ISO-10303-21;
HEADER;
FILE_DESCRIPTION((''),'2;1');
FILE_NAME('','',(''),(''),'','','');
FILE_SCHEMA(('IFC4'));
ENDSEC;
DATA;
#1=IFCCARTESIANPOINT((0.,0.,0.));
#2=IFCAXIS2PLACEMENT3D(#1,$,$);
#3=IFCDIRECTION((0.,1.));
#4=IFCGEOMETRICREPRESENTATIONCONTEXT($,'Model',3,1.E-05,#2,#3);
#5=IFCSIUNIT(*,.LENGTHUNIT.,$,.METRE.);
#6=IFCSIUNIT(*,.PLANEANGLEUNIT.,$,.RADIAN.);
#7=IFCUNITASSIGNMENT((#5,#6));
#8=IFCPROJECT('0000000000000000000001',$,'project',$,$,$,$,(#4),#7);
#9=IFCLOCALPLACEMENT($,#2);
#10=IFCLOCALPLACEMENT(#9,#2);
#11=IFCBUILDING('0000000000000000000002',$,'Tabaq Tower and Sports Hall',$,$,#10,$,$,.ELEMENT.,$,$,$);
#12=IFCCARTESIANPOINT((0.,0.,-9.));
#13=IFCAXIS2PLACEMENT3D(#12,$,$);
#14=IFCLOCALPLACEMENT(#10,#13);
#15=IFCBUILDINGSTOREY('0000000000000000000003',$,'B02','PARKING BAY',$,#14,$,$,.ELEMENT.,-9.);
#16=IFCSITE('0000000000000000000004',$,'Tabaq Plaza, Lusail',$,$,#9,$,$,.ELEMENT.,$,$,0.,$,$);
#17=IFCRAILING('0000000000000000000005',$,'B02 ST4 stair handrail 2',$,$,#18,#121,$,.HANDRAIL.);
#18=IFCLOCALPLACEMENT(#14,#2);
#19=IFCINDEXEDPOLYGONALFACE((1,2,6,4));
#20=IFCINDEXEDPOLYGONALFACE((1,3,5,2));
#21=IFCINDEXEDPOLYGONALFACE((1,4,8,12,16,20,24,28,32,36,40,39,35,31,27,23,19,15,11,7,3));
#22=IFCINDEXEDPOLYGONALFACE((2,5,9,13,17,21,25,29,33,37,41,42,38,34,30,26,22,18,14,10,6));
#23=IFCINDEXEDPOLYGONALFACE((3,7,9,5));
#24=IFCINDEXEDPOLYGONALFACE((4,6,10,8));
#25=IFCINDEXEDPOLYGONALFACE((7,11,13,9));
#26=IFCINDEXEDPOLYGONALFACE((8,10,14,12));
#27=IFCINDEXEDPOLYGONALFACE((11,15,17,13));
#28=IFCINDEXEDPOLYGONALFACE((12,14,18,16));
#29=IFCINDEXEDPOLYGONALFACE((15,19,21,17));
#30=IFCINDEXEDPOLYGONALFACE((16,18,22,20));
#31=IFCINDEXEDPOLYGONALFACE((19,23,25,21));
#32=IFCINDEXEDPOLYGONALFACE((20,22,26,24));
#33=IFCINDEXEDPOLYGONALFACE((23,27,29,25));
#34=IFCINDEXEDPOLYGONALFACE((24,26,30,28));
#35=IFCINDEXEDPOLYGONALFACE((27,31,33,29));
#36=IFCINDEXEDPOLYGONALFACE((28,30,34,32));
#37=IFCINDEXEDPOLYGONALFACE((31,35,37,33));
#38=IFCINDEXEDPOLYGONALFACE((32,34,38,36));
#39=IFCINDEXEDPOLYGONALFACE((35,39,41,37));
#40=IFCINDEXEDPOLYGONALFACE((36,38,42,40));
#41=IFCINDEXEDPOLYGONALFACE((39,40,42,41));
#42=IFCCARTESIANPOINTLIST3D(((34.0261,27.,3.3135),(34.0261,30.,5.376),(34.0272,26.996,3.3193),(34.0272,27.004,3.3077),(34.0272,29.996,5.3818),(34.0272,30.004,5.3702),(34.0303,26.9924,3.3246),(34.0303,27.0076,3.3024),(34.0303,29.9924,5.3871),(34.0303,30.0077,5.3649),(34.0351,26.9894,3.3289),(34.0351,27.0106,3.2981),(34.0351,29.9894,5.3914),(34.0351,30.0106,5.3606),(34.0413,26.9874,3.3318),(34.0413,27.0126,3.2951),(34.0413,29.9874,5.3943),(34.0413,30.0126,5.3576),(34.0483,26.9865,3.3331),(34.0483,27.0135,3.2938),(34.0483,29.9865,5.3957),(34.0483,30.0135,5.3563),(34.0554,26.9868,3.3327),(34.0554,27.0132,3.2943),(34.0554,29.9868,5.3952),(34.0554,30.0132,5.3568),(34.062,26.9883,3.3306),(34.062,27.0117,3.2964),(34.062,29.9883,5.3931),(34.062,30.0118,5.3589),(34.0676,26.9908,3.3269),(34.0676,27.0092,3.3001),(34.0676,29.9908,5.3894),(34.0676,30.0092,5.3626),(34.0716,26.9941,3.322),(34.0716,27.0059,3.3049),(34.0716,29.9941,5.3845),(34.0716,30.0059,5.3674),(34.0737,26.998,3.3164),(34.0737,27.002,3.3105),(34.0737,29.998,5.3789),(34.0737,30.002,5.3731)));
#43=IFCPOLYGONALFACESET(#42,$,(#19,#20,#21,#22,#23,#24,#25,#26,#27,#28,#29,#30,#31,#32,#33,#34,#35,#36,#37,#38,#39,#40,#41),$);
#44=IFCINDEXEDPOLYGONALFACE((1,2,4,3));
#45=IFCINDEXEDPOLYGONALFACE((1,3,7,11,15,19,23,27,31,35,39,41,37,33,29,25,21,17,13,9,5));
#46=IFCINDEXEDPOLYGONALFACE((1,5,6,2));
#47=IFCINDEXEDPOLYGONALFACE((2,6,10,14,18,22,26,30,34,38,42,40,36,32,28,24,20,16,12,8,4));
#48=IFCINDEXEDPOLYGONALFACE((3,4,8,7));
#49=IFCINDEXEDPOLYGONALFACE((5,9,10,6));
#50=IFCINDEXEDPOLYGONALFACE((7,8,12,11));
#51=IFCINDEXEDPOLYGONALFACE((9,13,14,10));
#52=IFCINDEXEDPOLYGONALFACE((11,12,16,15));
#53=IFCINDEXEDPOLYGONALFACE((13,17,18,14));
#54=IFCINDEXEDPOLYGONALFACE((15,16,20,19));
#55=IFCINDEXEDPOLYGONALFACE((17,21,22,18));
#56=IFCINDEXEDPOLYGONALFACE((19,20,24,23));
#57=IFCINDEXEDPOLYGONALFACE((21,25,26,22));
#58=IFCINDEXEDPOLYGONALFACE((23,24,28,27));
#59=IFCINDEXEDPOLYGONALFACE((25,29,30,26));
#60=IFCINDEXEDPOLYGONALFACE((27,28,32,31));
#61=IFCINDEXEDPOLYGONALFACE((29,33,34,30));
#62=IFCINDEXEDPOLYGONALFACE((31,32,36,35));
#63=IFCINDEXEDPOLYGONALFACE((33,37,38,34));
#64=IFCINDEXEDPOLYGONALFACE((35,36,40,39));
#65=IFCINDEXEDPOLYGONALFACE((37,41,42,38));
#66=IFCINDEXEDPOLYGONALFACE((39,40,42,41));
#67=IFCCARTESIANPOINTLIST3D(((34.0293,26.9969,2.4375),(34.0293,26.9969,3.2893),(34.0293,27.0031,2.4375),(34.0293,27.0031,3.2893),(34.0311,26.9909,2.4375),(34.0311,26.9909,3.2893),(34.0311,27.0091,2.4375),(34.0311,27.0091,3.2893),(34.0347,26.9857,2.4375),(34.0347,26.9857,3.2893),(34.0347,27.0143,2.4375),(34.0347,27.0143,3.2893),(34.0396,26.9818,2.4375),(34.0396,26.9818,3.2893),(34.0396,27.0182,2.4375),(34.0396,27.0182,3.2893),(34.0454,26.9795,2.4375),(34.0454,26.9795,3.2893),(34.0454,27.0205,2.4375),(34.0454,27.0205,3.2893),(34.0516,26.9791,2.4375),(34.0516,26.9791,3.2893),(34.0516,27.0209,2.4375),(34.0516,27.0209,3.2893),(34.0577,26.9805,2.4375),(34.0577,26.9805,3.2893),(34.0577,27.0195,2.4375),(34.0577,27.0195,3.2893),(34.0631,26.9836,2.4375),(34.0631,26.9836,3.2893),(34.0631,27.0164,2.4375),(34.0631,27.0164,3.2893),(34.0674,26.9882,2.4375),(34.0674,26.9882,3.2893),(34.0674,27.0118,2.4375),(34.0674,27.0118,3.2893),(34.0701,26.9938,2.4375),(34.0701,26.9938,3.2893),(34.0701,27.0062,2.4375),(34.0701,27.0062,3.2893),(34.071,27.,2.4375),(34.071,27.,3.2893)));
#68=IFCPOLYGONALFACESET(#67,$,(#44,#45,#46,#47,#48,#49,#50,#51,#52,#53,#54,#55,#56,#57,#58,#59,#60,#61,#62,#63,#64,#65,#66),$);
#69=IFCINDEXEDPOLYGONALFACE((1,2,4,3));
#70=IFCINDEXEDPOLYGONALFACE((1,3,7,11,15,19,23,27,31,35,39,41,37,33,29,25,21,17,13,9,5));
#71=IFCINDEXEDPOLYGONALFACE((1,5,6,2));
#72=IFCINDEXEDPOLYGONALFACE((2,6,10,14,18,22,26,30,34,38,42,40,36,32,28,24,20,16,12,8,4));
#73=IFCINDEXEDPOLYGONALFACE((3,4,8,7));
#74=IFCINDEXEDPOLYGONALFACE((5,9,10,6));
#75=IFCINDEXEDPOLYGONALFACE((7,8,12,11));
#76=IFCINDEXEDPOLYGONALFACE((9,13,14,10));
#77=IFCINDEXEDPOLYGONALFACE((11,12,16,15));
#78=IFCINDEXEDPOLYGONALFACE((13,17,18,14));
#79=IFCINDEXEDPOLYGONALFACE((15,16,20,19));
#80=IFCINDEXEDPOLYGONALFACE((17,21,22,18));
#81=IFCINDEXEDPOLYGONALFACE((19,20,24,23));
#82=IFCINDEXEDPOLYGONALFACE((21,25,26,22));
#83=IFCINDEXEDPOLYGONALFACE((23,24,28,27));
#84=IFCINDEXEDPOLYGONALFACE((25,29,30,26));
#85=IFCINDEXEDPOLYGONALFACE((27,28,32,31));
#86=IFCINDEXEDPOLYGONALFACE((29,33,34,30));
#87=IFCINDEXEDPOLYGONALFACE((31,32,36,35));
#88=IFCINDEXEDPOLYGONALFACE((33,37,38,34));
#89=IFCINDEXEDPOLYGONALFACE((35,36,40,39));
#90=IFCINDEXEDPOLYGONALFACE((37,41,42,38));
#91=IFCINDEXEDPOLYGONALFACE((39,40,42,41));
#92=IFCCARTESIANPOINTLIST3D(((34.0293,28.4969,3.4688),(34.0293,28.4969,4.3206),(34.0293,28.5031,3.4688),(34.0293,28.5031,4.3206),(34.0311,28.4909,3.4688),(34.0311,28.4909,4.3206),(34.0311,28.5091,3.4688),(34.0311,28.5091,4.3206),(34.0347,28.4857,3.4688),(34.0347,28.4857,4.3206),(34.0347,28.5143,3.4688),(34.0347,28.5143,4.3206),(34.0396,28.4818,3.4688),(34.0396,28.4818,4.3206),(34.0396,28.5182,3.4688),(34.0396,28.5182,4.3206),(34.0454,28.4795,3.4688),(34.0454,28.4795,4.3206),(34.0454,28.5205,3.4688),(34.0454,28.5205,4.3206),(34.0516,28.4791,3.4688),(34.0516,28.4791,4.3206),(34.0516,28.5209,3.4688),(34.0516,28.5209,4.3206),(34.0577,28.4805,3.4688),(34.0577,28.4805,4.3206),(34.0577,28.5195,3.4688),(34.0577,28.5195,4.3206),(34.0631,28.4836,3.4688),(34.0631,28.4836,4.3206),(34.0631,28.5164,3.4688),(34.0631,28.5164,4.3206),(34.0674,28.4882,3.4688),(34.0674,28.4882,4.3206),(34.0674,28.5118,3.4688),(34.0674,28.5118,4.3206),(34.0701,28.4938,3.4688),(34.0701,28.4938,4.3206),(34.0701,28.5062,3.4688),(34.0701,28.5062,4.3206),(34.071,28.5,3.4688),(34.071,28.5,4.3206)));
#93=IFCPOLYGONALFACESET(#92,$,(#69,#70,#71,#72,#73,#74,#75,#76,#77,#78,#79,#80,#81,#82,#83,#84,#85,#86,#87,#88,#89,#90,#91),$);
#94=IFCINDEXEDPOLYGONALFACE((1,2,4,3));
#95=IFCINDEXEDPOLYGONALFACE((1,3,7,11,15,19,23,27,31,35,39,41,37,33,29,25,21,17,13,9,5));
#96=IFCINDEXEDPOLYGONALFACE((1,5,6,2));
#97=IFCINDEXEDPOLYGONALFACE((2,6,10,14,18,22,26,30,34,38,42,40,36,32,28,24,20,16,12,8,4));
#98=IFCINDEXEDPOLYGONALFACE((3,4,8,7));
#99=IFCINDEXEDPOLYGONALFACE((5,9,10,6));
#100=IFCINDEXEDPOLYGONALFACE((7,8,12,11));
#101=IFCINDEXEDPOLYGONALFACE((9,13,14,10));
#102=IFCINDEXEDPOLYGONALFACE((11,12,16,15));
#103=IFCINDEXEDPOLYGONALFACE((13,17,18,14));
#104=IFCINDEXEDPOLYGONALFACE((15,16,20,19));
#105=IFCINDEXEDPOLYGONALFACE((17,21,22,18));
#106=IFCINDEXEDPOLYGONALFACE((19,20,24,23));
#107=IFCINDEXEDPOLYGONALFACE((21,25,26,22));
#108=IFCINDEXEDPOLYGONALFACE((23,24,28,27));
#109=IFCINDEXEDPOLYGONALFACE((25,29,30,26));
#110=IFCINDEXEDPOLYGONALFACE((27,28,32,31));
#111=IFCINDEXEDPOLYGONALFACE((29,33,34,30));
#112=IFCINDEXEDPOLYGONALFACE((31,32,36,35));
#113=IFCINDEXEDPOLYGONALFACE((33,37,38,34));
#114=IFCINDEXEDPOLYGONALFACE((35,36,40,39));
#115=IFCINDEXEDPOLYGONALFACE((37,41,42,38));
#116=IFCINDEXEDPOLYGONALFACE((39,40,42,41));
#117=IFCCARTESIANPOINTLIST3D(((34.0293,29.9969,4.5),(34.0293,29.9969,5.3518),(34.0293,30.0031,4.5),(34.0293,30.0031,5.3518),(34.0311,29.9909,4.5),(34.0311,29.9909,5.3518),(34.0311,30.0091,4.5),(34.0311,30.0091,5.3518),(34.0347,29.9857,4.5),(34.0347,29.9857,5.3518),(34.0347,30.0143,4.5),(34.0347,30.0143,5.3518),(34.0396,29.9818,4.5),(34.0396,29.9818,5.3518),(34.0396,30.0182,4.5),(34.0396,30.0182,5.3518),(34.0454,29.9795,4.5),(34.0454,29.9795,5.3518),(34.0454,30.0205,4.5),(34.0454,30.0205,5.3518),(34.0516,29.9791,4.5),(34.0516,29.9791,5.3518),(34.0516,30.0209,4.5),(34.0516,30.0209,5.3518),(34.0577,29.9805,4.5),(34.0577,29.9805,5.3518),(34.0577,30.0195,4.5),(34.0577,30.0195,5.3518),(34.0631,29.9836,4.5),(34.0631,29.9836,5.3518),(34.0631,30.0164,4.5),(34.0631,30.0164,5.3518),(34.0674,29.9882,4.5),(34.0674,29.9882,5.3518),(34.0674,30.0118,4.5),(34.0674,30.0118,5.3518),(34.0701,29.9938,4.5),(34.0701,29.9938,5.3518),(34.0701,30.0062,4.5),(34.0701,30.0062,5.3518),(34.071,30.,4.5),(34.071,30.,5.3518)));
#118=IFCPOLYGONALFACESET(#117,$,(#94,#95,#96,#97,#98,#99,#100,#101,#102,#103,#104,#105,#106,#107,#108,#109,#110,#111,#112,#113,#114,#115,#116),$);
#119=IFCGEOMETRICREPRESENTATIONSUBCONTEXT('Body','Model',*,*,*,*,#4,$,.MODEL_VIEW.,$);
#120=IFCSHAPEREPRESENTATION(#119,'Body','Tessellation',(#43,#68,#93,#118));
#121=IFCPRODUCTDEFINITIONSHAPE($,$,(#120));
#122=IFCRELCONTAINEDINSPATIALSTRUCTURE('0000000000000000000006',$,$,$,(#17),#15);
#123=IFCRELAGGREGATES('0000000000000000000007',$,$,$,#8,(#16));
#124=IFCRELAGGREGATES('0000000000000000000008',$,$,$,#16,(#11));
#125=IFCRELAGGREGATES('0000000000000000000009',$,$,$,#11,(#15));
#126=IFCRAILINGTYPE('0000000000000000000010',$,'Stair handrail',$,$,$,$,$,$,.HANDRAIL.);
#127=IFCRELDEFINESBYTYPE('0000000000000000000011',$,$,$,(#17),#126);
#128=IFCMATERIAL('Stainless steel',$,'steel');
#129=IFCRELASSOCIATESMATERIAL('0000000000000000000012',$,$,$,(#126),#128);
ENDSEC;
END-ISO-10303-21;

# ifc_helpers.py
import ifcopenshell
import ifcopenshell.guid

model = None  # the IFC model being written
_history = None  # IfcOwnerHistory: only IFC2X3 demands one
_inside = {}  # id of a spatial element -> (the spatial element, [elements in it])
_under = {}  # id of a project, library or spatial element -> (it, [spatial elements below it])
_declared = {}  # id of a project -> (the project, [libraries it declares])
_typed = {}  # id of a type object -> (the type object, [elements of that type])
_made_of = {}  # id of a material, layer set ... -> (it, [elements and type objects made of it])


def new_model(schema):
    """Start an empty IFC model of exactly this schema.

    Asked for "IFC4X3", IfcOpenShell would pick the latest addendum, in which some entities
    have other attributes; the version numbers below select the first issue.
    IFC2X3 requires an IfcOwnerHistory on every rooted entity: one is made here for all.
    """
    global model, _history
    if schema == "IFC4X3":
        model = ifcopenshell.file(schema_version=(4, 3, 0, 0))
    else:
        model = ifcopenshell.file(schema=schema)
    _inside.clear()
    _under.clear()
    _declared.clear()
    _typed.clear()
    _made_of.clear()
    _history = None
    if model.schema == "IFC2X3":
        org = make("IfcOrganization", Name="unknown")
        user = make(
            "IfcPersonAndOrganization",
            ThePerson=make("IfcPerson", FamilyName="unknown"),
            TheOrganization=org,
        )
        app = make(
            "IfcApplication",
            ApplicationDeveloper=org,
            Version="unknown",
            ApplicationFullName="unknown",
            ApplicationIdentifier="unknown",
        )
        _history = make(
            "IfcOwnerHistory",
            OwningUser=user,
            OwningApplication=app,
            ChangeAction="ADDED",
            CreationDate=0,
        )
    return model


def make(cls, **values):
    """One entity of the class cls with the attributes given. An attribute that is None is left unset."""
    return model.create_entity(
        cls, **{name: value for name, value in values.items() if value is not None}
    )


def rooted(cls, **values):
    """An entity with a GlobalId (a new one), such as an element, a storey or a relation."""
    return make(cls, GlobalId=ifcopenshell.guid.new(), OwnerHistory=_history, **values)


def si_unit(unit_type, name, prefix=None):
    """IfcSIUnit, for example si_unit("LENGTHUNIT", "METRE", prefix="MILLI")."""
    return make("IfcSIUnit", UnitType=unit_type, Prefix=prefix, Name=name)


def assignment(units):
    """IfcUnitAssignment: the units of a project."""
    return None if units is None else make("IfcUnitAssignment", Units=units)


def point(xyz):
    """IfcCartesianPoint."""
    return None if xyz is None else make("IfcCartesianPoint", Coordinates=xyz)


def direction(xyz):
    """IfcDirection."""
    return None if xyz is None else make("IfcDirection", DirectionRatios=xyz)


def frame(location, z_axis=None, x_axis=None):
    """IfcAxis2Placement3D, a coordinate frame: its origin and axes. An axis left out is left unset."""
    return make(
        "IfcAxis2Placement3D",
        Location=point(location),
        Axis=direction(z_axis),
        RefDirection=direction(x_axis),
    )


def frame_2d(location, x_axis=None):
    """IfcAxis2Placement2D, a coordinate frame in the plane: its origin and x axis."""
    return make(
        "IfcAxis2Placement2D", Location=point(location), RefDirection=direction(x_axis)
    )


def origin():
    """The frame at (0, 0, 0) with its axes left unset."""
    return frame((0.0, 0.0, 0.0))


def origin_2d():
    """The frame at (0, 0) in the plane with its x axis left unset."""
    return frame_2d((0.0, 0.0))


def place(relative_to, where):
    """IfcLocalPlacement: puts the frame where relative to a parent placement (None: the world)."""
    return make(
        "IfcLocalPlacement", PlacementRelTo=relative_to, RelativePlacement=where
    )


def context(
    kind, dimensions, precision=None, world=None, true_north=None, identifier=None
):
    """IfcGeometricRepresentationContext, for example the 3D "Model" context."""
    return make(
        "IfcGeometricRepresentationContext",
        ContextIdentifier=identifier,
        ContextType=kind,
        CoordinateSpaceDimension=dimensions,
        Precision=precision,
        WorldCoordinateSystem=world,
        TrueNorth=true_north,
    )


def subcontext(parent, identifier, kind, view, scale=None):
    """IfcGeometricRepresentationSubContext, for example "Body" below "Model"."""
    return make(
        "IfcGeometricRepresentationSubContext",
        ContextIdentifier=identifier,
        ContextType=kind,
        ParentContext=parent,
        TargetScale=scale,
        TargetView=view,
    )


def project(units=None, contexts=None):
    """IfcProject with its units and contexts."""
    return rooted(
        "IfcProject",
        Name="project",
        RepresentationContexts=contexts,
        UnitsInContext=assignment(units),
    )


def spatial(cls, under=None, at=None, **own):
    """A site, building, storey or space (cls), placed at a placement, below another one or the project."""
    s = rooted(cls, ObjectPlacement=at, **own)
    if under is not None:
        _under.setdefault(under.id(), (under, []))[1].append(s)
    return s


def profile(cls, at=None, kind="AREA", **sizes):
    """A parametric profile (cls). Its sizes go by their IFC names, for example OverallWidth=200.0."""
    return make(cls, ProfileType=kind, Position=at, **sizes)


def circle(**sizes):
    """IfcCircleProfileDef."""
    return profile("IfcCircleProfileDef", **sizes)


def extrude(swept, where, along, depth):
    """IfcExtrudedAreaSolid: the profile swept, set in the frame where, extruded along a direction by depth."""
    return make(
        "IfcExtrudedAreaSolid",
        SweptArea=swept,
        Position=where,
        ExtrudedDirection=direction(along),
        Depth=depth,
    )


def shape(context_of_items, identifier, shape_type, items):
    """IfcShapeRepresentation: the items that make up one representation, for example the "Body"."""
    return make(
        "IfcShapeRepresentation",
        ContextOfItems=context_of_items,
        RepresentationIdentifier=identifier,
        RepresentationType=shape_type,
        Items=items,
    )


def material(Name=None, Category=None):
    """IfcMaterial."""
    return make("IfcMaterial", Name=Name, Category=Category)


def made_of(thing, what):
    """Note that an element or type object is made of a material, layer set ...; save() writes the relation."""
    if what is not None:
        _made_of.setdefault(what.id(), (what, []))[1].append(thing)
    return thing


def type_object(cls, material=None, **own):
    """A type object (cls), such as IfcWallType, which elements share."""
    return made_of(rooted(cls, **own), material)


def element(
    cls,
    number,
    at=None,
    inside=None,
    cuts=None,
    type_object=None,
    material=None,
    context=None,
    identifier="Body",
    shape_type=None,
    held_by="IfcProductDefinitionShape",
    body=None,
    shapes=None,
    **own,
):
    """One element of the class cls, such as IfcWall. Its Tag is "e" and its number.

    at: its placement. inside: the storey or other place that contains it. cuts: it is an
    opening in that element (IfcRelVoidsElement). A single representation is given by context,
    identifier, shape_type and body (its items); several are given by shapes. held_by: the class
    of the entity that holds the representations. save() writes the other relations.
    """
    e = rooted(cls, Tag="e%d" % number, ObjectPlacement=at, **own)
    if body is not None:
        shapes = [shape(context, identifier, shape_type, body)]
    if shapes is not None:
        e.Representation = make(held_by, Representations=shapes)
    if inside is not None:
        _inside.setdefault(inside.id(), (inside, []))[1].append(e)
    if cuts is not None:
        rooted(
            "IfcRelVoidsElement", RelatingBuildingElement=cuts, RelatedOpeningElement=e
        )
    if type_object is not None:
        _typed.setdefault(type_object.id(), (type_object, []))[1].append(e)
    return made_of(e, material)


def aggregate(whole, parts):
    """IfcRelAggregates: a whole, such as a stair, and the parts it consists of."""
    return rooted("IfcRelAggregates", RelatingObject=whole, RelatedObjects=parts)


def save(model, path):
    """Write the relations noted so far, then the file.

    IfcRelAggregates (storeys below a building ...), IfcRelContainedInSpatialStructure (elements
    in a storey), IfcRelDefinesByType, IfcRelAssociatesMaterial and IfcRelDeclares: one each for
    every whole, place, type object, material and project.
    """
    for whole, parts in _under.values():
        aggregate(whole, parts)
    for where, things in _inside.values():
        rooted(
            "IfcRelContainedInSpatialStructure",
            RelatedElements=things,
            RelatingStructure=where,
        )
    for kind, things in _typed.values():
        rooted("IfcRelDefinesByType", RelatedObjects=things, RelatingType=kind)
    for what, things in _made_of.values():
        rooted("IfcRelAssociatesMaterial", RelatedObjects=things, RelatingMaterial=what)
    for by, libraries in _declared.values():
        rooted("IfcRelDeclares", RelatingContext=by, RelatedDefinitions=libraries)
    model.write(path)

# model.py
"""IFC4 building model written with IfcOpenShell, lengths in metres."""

from ifc_helpers import new_model, si_unit, direction, frame, origin, origin_2d, place, context, subcontext, project, spatial, circle, extrude, material, type_object, element, save


model = new_model("IFC4")

# Units and contexts
model_context = context("Model", 3, precision=1e-05, world=origin(), true_north=direction((0.0, 1.0)))
body_context = subcontext(model_context, "Body", "Model", "MODEL_VIEW")
ifc_project = project(units=[si_unit("LENGTHUNIT", "METRE"), si_unit("PLANEANGLEUNIT", "RADIAN")], contexts=[model_context])

# Site, building, storey
site_placement = place(None, origin())
site = spatial("IfcSite", under=ifc_project, at=site_placement, Name="Tabaq Plaza, Lusail", CompositionType="ELEMENT", RefElevation=0.0)
building_placement = place(site_placement, origin())
building = spatial("IfcBuilding", under=site, at=building_placement, Name="Tabaq Tower and Sports Hall", CompositionType="ELEMENT")
storey_placement = place(building_placement, frame((0.0, 0.0, -9.0)))
storey = spatial("IfcBuildingStorey", under=building, at=storey_placement, Name="B02", Description="PARKING BAY", CompositionType="ELEMENT", Elevation=-9.0)

# Railing
ifc_material_1 = material(Name="Stainless steel", Category="steel")
railing_type_1 = type_object("IfcRailingType", Name="Stair handrail", PredefinedType="HANDRAIL", material=ifc_material_1)
railing_1_placement = place(storey_placement, frame((34.05, 27.0, 2.4375)))
element("IfcRailing", 1, at=railing_1_placement, inside=storey, type_object=railing_type_1, Name="B02 ST4 stair handrail 2", PredefinedType="HANDRAIL", context=body_context, shape_type="SweptSolid", body=[
    extrude(circle(Radius=0.0239, at=origin_2d()), frame((0.0, 0.0, 0.876), z_axis=(0.0, 0.824042, 0.566529), x_axis=(-1.0, 0.0, 0.0)), (0.0, 0.0, 1.0), 3.6406),
    extrude(circle(Radius=0.021, at=origin_2d()), origin(), (0.0, 0.0, 1.0), 0.8518),
    extrude(circle(Radius=0.021, at=origin_2d()), frame((0.0, 1.5, 1.0312)), (0.0, 0.0, 1.0), 0.8518),
    extrude(circle(Radius=0.021, at=origin_2d()), frame((0.0, 3.0, 2.0625)), (0.0, 0.0, 1.0), 0.8518),
])

save(model, "model.ifc")
